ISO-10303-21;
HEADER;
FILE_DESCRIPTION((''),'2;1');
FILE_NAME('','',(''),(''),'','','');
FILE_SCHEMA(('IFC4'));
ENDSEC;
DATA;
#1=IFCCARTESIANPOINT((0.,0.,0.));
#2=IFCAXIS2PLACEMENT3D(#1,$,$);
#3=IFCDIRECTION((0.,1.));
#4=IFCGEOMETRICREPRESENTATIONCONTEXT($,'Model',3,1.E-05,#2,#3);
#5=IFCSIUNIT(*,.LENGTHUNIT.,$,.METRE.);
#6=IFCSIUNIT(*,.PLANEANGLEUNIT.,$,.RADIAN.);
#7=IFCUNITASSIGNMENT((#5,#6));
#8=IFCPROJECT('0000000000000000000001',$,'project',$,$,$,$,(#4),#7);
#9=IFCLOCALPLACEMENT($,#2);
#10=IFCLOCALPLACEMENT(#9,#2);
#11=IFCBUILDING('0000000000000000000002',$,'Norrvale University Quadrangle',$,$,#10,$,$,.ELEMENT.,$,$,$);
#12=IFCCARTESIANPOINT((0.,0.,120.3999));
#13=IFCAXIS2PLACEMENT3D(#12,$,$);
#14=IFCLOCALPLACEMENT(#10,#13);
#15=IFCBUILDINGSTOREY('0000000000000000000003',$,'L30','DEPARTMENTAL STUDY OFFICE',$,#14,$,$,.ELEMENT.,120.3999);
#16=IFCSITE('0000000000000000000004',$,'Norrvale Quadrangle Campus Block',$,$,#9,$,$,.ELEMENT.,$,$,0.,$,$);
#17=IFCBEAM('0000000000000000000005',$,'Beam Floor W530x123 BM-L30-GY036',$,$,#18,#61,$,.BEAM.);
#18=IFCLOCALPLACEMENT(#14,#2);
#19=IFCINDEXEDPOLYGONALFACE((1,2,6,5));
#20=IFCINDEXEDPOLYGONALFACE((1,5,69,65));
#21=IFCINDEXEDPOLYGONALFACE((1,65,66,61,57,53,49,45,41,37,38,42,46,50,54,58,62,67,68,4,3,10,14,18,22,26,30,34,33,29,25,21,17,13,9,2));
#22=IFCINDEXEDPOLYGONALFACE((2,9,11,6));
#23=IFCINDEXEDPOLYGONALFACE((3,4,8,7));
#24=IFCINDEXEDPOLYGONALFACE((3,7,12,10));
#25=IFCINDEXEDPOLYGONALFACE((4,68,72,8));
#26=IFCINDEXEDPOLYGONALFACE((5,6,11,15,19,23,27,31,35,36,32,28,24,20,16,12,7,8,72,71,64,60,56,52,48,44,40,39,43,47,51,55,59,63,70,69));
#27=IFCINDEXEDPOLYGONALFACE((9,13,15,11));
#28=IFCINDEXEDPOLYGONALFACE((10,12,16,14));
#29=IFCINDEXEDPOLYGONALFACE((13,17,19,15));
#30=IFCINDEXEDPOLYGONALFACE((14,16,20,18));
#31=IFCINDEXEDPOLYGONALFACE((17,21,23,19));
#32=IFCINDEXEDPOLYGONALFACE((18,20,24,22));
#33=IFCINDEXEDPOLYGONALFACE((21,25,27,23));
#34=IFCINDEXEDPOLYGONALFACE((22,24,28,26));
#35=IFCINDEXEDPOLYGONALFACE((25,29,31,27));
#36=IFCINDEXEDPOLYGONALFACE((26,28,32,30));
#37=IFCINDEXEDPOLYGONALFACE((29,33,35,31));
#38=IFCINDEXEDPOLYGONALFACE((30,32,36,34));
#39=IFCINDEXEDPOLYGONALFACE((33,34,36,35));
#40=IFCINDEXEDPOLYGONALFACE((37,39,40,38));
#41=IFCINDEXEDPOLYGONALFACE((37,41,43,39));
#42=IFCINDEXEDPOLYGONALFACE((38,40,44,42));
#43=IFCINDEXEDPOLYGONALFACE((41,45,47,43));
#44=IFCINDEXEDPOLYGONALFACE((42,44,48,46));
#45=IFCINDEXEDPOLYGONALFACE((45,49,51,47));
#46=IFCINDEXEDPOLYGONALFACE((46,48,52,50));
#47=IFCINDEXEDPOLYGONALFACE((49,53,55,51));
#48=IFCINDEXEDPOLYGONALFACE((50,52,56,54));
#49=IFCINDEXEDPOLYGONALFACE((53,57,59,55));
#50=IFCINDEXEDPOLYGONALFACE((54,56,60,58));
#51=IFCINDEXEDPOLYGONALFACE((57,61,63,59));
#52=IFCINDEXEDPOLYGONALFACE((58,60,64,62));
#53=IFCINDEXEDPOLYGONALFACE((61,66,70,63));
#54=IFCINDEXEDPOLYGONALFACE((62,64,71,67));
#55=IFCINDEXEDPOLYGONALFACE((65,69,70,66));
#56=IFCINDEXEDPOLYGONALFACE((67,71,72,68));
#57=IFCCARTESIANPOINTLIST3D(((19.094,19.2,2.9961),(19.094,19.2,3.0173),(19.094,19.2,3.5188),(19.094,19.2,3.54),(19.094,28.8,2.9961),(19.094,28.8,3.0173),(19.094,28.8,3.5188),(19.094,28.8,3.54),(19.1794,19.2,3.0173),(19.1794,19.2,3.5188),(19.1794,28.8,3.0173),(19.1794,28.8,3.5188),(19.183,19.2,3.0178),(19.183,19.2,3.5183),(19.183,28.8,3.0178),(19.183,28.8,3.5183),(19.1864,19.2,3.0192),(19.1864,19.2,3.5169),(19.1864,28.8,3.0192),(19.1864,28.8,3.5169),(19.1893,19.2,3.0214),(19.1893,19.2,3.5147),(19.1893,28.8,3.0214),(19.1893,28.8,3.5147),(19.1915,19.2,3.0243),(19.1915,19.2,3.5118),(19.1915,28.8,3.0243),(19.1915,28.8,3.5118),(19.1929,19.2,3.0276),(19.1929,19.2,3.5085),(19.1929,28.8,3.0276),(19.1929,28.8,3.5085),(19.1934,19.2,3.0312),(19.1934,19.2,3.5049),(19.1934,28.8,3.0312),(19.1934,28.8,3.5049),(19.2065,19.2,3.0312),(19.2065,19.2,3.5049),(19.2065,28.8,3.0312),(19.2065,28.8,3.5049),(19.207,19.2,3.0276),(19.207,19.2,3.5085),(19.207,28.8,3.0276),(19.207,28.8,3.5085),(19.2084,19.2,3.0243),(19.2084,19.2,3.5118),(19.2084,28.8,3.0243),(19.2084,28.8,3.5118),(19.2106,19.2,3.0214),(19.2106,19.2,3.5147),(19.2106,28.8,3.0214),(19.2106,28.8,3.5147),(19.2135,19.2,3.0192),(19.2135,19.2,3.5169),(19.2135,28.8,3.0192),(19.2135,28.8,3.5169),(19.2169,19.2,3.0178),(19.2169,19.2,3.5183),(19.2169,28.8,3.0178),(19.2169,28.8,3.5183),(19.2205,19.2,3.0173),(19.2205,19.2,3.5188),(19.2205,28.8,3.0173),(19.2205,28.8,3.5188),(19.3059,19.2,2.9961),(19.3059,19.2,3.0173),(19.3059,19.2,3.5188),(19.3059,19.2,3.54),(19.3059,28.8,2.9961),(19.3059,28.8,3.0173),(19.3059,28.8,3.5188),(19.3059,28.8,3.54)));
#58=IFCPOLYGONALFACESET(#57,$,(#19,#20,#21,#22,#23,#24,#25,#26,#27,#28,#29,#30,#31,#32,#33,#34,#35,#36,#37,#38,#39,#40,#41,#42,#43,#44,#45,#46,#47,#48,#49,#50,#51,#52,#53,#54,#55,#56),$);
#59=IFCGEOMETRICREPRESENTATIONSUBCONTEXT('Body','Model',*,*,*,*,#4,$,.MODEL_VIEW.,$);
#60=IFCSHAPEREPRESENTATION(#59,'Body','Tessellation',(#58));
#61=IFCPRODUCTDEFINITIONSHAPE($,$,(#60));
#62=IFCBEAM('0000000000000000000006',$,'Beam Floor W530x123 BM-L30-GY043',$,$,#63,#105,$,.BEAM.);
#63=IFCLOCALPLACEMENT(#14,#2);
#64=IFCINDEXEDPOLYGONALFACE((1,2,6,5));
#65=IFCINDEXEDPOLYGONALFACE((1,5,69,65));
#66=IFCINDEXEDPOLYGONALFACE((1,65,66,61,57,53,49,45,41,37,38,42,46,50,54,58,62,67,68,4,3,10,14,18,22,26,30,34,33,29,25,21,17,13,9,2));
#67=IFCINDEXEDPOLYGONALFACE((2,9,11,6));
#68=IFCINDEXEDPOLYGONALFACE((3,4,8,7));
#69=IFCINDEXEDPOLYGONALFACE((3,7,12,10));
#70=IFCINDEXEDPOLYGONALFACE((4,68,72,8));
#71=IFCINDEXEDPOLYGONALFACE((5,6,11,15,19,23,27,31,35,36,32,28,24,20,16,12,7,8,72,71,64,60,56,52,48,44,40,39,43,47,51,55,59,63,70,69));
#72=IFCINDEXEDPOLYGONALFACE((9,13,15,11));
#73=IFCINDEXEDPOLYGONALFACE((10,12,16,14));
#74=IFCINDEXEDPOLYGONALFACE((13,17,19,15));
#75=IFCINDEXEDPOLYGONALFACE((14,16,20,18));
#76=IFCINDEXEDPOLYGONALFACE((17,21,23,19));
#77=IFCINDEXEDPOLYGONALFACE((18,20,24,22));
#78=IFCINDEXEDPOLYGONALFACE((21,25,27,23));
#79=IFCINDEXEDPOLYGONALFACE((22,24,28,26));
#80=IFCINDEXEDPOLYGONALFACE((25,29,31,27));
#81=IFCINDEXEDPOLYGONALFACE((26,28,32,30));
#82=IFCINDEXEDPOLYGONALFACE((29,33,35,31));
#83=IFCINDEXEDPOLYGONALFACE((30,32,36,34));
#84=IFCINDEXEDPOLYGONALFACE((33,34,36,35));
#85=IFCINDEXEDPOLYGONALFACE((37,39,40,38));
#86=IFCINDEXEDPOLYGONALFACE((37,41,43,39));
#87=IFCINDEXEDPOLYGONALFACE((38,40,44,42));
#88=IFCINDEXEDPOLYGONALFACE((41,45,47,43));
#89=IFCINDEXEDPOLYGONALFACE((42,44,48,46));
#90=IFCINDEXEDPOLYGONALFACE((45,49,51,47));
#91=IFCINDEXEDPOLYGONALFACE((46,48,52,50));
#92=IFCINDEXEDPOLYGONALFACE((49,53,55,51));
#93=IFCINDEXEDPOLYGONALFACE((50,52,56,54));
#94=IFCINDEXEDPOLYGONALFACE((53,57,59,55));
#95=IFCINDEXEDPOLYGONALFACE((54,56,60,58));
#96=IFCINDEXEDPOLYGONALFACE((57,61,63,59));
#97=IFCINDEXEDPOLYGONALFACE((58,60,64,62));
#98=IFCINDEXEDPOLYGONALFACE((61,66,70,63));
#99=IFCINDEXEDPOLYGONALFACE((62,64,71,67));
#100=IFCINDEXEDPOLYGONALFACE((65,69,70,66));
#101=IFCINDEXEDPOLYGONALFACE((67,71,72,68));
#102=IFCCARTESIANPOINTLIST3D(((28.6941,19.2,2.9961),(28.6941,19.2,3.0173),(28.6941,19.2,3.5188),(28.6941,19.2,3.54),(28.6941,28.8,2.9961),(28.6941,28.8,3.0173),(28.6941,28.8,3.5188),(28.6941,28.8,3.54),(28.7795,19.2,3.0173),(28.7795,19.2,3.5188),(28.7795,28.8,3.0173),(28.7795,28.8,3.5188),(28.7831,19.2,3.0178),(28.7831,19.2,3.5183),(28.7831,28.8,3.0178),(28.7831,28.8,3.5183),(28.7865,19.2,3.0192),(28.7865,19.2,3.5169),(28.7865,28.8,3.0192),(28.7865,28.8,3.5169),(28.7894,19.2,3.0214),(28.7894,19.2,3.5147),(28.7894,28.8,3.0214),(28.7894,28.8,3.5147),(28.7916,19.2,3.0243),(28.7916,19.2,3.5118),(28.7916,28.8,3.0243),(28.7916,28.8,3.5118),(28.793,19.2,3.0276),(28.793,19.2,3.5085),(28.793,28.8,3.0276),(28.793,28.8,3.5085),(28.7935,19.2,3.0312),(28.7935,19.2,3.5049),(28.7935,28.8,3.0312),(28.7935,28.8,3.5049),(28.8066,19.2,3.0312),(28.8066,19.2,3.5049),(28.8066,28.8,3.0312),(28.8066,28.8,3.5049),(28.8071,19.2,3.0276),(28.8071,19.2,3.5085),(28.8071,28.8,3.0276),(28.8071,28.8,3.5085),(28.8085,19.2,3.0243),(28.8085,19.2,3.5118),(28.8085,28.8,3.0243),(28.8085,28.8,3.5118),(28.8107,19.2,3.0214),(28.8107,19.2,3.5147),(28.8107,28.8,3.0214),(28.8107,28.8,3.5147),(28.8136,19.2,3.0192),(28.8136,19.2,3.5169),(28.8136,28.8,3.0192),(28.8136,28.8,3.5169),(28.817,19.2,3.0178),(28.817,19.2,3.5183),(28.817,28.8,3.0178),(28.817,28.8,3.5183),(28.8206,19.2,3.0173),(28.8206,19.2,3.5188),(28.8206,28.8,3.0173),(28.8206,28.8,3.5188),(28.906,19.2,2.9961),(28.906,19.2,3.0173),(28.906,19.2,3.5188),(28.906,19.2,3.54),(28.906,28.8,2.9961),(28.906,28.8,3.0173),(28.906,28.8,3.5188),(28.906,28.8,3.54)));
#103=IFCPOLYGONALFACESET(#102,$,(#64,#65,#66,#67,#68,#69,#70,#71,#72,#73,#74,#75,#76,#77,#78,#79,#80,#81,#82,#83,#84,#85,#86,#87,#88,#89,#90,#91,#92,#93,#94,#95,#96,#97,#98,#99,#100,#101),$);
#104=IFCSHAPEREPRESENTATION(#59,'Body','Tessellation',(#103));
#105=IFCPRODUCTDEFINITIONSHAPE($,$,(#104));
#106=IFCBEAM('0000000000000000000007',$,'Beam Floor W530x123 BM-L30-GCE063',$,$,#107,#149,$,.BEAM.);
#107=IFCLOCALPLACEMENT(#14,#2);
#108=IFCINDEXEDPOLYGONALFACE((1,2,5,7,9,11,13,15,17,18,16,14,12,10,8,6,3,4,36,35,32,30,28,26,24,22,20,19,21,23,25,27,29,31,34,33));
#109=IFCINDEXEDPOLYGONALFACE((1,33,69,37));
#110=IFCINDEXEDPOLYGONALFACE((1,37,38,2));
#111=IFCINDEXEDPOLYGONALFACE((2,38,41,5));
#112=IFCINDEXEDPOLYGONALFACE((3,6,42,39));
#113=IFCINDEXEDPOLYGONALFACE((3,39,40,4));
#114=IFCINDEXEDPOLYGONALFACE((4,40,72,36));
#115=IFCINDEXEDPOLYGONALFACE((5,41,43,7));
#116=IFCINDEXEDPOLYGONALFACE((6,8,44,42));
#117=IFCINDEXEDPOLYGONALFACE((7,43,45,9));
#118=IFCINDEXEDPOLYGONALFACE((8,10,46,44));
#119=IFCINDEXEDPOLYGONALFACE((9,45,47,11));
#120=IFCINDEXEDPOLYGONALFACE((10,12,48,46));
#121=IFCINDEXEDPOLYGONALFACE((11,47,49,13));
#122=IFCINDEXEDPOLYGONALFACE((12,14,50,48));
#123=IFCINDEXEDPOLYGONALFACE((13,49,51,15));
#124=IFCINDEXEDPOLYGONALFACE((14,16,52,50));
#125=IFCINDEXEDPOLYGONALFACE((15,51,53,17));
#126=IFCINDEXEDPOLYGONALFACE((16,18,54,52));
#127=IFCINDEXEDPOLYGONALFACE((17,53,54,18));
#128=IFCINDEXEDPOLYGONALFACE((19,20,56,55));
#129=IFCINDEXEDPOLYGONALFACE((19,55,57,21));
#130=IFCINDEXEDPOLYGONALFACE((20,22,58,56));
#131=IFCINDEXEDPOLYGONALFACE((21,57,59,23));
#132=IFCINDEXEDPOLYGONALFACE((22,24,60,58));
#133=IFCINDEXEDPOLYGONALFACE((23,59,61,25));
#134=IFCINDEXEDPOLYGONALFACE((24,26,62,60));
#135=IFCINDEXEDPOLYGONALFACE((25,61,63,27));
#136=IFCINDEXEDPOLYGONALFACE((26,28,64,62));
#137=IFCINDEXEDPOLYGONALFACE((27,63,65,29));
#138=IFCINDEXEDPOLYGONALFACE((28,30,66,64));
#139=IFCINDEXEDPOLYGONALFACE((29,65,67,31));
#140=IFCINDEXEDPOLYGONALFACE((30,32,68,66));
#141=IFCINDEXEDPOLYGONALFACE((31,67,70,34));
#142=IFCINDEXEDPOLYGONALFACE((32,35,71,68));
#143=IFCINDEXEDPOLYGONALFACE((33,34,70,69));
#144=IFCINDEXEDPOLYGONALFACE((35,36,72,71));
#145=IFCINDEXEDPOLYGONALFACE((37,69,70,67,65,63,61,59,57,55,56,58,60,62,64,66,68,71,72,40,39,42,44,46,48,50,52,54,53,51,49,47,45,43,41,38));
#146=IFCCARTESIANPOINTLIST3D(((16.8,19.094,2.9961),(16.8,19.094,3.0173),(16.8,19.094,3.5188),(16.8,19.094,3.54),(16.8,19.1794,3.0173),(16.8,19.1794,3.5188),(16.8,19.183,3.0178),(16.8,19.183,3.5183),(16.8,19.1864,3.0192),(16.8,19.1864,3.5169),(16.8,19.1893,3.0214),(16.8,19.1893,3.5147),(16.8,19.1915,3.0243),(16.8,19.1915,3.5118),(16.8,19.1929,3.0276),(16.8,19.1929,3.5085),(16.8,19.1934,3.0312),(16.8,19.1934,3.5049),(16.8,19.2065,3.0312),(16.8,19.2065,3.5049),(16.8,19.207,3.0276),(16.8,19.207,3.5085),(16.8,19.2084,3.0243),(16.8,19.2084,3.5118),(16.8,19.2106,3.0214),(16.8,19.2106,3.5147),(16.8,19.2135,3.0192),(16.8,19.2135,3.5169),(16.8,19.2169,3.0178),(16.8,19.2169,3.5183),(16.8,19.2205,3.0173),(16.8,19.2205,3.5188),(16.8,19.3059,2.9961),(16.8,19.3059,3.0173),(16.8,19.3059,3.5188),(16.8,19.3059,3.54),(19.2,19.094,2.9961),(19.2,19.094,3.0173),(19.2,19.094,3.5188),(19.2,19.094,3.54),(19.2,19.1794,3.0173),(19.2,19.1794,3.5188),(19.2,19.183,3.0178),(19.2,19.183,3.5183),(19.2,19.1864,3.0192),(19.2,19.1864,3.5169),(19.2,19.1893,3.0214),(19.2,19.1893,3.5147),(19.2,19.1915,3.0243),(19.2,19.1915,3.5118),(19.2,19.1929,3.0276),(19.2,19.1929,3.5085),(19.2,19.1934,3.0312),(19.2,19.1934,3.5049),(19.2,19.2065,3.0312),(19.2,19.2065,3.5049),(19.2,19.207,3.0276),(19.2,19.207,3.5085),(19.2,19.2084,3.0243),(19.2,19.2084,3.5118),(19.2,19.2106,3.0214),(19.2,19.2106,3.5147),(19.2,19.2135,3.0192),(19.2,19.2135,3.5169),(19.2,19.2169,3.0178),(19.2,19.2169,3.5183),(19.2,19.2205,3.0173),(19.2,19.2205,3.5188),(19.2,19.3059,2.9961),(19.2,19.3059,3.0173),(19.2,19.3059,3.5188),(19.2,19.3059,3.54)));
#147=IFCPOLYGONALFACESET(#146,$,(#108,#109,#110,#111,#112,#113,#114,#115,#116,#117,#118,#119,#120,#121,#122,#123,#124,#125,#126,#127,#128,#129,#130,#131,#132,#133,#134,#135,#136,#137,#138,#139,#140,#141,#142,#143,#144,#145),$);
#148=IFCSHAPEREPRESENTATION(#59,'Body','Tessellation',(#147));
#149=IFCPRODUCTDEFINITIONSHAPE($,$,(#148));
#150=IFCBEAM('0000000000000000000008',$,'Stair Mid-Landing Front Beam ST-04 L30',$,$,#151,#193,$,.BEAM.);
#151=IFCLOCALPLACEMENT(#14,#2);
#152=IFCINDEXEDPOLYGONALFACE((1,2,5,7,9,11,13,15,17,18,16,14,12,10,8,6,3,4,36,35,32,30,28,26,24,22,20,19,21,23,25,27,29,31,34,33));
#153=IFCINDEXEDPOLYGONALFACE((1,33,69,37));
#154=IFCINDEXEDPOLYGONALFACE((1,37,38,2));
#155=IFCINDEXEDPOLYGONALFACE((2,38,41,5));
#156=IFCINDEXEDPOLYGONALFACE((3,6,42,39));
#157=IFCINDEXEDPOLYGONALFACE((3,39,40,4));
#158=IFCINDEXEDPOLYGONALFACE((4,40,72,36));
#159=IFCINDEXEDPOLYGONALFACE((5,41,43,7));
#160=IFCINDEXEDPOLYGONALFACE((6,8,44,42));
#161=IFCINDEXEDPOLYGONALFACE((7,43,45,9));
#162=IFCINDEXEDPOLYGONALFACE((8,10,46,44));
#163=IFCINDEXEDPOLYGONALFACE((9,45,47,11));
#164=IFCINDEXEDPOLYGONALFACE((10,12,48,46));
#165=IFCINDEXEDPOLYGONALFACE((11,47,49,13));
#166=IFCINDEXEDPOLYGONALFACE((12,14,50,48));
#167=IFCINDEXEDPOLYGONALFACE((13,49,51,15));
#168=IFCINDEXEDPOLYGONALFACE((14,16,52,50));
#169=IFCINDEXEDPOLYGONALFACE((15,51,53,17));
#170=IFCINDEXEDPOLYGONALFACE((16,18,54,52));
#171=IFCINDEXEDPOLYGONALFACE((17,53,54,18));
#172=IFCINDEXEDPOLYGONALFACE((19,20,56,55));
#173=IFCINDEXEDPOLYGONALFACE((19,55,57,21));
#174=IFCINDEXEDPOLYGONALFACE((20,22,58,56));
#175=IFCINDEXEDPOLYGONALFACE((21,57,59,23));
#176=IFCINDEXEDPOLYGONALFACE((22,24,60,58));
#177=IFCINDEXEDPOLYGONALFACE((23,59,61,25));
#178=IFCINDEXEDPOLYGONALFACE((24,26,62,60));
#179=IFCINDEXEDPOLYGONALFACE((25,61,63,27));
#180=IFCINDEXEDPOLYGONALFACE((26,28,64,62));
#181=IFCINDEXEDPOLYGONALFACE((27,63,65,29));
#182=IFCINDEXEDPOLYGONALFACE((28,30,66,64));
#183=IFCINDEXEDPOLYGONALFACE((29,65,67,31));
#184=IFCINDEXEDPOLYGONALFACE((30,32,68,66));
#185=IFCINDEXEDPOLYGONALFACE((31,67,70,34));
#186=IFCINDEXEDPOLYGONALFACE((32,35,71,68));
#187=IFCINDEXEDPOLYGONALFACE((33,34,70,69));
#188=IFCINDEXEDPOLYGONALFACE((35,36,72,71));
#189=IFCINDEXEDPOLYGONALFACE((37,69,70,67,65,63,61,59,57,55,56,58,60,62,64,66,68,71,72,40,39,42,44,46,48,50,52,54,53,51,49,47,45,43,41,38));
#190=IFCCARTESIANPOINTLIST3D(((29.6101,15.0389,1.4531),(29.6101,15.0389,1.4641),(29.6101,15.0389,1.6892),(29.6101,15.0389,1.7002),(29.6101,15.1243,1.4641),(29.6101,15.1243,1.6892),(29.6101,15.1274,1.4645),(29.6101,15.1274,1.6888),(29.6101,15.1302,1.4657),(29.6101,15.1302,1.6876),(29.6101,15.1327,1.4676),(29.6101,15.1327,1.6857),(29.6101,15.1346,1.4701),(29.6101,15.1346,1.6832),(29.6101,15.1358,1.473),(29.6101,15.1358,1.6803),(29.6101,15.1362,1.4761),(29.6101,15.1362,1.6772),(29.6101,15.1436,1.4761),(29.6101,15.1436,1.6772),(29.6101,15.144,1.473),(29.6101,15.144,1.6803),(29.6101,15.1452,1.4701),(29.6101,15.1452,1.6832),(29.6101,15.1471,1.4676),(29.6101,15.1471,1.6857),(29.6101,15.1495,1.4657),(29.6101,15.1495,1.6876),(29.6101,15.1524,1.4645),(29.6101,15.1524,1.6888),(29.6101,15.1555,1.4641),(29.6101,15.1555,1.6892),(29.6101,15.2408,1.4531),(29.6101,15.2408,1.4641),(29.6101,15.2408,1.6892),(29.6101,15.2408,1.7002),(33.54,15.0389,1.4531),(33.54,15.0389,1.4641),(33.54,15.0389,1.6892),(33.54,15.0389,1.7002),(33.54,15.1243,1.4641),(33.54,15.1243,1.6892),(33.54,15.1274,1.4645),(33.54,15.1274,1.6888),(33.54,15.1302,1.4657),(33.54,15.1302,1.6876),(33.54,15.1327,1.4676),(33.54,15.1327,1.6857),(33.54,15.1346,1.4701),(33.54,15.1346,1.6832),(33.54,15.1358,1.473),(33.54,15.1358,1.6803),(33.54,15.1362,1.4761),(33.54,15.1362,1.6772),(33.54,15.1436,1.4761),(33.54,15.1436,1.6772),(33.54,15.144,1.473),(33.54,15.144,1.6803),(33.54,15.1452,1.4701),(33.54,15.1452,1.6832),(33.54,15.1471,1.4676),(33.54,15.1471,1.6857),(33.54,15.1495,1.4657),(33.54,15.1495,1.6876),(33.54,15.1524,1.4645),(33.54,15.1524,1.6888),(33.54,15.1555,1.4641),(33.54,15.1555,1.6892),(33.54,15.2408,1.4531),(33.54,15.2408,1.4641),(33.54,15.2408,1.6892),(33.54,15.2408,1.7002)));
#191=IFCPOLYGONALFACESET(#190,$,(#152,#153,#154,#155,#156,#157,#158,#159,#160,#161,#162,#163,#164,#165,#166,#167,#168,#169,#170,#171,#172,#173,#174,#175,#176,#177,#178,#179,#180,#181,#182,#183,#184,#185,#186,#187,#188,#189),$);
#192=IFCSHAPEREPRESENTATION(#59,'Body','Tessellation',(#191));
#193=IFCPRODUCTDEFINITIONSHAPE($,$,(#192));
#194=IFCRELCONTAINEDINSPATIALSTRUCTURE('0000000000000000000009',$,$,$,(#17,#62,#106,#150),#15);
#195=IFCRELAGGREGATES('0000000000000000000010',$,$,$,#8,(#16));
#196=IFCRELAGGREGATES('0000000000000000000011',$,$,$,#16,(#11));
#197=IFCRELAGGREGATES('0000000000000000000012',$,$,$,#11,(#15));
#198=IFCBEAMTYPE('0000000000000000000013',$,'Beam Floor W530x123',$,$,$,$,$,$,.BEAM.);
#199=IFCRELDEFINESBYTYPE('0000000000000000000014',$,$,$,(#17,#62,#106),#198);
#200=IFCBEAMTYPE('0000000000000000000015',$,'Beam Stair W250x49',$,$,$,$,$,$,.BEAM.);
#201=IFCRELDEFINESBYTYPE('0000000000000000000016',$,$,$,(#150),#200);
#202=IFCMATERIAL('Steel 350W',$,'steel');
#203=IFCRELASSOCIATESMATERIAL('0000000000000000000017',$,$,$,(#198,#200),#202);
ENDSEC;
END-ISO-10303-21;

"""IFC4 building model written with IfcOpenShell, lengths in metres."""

from ifc_helpers import new_model, si_unit, direction, frame, origin, origin_2d, place, context, subcontext, project, spatial, i_section, extrude, material, material_profile, profile_set, type_object, element, save


model = new_model("IFC4")

# Units and contexts
model_context = context("Model", 3, precision=1e-05, world=origin(), true_north=direction((0.0, 1.0)))
body_context = subcontext(model_context, "Body", "Model", "MODEL_VIEW")
ifc_project = project(units=[si_unit("LENGTHUNIT", "METRE"), si_unit("PLANEANGLEUNIT", "RADIAN")], contexts=[model_context])

# Site, building, storey
site_placement = place(None, origin())
site = spatial("IfcSite", under=ifc_project, at=site_placement, Name="Norrvale Quadrangle Campus Block", CompositionType="ELEMENT", RefElevation=0.0)
building_placement = place(site_placement, origin())
building = spatial("IfcBuilding", under=site, at=building_placement, Name="Norrvale University Quadrangle", CompositionType="ELEMENT")
storey_placement = place(building_placement, frame((0.0, 0.0, 120.3999)))
storey = spatial("IfcBuildingStorey", under=building, at=storey_placement, Name="L30", Description="DEPARTMENTAL STUDY OFFICE", CompositionType="ELEMENT", Elevation=120.3999)

# Beams
ifc_material_1 = material(Name="Steel 350W", Category="steel")
ifc_material_profile_1 = material_profile(ifc_material_1, i_section(OverallWidth=0.2119, OverallDepth=0.5439, WebThickness=0.0132, FlangeThickness=0.0212, FilletRadius=0.0139, at=origin_2d()), Name="Steel 350W")
ifc_profile_set_1 = profile_set([ifc_material_profile_1], Name="Steel 350W")
beam_type_1 = type_object("IfcBeamType", Name="Beam Floor W530x123", PredefinedType="BEAM", material=ifc_profile_set_1)
for number, where, z_axis, x_axis, name in (
    (1, (19.2, 19.2, 3.2681), (0.0, 1.0, 0.0), (-1.0, 0.0, 0.0), "Beam Floor W530x123 BM-L30-GY036"),
    (2, (28.8, 19.2, 3.2681), (0.0, 1.0, 0.0), (-1.0, 0.0, 0.0), "Beam Floor W530x123 BM-L30-GY043"),
):
    element("IfcBeam", number, at=place(storey_placement, frame(where, z_axis=z_axis, x_axis=x_axis)), inside=storey, type_object=beam_type_1, Name=name, PredefinedType="BEAM", context=body_context, shape_type="SweptSolid", body=[
        extrude(i_section(OverallWidth=0.2119, OverallDepth=0.5439, WebThickness=0.0132, FlangeThickness=0.0212, FilletRadius=0.0139, at=origin_2d()), origin(), (0.0, 0.0, 1.0), 9.6001),
    ])
beam_1_placement = place(storey_placement, frame((16.8, 19.2, 3.2681), z_axis=(1.0, 0.0, 0.0), x_axis=(0.0, 1.0, 0.0)))
element("IfcBeam", 3, at=beam_1_placement, inside=storey, type_object=beam_type_1, Name="Beam Floor W530x123 BM-L30-GCE063", PredefinedType="BEAM", context=body_context, shape_type="SweptSolid", body=[
    extrude(i_section(OverallWidth=0.2119, OverallDepth=0.5439, WebThickness=0.0132, FlangeThickness=0.0212, FilletRadius=0.0139, at=origin_2d()), origin(), (0.0, 0.0, 1.0), 2.3999),
])
ifc_material_profile_2 = material_profile(ifc_material_1, i_section(OverallWidth=0.2019, OverallDepth=0.2471, WebThickness=0.0073, FlangeThickness=0.011, FilletRadius=0.012, at=origin_2d()), Name="Steel 350W")
ifc_profile_set_2 = profile_set([ifc_material_profile_2], Name="Steel 350W")
beam_type_2 = type_object("IfcBeamType", Name="Beam Stair W250x49", PredefinedType="BEAM", material=ifc_profile_set_2)
for number, where, z_axis, x_axis, name in (
    (4, (29.6101, 15.1399, 1.5767), (1.0, 0.0, 0.0), (0.0, 1.0, 0.0), "Stair Mid-Landing Front Beam ST-04 L30"),
):
    element("IfcBeam", number, at=place(storey_placement, frame(where, z_axis=z_axis, x_axis=x_axis)), inside=storey, type_object=beam_type_2, Name=name, PredefinedType="BEAM", context=body_context, shape_type="SweptSolid", body=[
        extrude(i_section(OverallWidth=0.2019, OverallDepth=0.2471, WebThickness=0.0073, FlangeThickness=0.011, FilletRadius=0.012, at=origin_2d()), origin(), (0.0, 0.0, 1.0), 3.9299),
    ])

save(model, "model.ifc")
